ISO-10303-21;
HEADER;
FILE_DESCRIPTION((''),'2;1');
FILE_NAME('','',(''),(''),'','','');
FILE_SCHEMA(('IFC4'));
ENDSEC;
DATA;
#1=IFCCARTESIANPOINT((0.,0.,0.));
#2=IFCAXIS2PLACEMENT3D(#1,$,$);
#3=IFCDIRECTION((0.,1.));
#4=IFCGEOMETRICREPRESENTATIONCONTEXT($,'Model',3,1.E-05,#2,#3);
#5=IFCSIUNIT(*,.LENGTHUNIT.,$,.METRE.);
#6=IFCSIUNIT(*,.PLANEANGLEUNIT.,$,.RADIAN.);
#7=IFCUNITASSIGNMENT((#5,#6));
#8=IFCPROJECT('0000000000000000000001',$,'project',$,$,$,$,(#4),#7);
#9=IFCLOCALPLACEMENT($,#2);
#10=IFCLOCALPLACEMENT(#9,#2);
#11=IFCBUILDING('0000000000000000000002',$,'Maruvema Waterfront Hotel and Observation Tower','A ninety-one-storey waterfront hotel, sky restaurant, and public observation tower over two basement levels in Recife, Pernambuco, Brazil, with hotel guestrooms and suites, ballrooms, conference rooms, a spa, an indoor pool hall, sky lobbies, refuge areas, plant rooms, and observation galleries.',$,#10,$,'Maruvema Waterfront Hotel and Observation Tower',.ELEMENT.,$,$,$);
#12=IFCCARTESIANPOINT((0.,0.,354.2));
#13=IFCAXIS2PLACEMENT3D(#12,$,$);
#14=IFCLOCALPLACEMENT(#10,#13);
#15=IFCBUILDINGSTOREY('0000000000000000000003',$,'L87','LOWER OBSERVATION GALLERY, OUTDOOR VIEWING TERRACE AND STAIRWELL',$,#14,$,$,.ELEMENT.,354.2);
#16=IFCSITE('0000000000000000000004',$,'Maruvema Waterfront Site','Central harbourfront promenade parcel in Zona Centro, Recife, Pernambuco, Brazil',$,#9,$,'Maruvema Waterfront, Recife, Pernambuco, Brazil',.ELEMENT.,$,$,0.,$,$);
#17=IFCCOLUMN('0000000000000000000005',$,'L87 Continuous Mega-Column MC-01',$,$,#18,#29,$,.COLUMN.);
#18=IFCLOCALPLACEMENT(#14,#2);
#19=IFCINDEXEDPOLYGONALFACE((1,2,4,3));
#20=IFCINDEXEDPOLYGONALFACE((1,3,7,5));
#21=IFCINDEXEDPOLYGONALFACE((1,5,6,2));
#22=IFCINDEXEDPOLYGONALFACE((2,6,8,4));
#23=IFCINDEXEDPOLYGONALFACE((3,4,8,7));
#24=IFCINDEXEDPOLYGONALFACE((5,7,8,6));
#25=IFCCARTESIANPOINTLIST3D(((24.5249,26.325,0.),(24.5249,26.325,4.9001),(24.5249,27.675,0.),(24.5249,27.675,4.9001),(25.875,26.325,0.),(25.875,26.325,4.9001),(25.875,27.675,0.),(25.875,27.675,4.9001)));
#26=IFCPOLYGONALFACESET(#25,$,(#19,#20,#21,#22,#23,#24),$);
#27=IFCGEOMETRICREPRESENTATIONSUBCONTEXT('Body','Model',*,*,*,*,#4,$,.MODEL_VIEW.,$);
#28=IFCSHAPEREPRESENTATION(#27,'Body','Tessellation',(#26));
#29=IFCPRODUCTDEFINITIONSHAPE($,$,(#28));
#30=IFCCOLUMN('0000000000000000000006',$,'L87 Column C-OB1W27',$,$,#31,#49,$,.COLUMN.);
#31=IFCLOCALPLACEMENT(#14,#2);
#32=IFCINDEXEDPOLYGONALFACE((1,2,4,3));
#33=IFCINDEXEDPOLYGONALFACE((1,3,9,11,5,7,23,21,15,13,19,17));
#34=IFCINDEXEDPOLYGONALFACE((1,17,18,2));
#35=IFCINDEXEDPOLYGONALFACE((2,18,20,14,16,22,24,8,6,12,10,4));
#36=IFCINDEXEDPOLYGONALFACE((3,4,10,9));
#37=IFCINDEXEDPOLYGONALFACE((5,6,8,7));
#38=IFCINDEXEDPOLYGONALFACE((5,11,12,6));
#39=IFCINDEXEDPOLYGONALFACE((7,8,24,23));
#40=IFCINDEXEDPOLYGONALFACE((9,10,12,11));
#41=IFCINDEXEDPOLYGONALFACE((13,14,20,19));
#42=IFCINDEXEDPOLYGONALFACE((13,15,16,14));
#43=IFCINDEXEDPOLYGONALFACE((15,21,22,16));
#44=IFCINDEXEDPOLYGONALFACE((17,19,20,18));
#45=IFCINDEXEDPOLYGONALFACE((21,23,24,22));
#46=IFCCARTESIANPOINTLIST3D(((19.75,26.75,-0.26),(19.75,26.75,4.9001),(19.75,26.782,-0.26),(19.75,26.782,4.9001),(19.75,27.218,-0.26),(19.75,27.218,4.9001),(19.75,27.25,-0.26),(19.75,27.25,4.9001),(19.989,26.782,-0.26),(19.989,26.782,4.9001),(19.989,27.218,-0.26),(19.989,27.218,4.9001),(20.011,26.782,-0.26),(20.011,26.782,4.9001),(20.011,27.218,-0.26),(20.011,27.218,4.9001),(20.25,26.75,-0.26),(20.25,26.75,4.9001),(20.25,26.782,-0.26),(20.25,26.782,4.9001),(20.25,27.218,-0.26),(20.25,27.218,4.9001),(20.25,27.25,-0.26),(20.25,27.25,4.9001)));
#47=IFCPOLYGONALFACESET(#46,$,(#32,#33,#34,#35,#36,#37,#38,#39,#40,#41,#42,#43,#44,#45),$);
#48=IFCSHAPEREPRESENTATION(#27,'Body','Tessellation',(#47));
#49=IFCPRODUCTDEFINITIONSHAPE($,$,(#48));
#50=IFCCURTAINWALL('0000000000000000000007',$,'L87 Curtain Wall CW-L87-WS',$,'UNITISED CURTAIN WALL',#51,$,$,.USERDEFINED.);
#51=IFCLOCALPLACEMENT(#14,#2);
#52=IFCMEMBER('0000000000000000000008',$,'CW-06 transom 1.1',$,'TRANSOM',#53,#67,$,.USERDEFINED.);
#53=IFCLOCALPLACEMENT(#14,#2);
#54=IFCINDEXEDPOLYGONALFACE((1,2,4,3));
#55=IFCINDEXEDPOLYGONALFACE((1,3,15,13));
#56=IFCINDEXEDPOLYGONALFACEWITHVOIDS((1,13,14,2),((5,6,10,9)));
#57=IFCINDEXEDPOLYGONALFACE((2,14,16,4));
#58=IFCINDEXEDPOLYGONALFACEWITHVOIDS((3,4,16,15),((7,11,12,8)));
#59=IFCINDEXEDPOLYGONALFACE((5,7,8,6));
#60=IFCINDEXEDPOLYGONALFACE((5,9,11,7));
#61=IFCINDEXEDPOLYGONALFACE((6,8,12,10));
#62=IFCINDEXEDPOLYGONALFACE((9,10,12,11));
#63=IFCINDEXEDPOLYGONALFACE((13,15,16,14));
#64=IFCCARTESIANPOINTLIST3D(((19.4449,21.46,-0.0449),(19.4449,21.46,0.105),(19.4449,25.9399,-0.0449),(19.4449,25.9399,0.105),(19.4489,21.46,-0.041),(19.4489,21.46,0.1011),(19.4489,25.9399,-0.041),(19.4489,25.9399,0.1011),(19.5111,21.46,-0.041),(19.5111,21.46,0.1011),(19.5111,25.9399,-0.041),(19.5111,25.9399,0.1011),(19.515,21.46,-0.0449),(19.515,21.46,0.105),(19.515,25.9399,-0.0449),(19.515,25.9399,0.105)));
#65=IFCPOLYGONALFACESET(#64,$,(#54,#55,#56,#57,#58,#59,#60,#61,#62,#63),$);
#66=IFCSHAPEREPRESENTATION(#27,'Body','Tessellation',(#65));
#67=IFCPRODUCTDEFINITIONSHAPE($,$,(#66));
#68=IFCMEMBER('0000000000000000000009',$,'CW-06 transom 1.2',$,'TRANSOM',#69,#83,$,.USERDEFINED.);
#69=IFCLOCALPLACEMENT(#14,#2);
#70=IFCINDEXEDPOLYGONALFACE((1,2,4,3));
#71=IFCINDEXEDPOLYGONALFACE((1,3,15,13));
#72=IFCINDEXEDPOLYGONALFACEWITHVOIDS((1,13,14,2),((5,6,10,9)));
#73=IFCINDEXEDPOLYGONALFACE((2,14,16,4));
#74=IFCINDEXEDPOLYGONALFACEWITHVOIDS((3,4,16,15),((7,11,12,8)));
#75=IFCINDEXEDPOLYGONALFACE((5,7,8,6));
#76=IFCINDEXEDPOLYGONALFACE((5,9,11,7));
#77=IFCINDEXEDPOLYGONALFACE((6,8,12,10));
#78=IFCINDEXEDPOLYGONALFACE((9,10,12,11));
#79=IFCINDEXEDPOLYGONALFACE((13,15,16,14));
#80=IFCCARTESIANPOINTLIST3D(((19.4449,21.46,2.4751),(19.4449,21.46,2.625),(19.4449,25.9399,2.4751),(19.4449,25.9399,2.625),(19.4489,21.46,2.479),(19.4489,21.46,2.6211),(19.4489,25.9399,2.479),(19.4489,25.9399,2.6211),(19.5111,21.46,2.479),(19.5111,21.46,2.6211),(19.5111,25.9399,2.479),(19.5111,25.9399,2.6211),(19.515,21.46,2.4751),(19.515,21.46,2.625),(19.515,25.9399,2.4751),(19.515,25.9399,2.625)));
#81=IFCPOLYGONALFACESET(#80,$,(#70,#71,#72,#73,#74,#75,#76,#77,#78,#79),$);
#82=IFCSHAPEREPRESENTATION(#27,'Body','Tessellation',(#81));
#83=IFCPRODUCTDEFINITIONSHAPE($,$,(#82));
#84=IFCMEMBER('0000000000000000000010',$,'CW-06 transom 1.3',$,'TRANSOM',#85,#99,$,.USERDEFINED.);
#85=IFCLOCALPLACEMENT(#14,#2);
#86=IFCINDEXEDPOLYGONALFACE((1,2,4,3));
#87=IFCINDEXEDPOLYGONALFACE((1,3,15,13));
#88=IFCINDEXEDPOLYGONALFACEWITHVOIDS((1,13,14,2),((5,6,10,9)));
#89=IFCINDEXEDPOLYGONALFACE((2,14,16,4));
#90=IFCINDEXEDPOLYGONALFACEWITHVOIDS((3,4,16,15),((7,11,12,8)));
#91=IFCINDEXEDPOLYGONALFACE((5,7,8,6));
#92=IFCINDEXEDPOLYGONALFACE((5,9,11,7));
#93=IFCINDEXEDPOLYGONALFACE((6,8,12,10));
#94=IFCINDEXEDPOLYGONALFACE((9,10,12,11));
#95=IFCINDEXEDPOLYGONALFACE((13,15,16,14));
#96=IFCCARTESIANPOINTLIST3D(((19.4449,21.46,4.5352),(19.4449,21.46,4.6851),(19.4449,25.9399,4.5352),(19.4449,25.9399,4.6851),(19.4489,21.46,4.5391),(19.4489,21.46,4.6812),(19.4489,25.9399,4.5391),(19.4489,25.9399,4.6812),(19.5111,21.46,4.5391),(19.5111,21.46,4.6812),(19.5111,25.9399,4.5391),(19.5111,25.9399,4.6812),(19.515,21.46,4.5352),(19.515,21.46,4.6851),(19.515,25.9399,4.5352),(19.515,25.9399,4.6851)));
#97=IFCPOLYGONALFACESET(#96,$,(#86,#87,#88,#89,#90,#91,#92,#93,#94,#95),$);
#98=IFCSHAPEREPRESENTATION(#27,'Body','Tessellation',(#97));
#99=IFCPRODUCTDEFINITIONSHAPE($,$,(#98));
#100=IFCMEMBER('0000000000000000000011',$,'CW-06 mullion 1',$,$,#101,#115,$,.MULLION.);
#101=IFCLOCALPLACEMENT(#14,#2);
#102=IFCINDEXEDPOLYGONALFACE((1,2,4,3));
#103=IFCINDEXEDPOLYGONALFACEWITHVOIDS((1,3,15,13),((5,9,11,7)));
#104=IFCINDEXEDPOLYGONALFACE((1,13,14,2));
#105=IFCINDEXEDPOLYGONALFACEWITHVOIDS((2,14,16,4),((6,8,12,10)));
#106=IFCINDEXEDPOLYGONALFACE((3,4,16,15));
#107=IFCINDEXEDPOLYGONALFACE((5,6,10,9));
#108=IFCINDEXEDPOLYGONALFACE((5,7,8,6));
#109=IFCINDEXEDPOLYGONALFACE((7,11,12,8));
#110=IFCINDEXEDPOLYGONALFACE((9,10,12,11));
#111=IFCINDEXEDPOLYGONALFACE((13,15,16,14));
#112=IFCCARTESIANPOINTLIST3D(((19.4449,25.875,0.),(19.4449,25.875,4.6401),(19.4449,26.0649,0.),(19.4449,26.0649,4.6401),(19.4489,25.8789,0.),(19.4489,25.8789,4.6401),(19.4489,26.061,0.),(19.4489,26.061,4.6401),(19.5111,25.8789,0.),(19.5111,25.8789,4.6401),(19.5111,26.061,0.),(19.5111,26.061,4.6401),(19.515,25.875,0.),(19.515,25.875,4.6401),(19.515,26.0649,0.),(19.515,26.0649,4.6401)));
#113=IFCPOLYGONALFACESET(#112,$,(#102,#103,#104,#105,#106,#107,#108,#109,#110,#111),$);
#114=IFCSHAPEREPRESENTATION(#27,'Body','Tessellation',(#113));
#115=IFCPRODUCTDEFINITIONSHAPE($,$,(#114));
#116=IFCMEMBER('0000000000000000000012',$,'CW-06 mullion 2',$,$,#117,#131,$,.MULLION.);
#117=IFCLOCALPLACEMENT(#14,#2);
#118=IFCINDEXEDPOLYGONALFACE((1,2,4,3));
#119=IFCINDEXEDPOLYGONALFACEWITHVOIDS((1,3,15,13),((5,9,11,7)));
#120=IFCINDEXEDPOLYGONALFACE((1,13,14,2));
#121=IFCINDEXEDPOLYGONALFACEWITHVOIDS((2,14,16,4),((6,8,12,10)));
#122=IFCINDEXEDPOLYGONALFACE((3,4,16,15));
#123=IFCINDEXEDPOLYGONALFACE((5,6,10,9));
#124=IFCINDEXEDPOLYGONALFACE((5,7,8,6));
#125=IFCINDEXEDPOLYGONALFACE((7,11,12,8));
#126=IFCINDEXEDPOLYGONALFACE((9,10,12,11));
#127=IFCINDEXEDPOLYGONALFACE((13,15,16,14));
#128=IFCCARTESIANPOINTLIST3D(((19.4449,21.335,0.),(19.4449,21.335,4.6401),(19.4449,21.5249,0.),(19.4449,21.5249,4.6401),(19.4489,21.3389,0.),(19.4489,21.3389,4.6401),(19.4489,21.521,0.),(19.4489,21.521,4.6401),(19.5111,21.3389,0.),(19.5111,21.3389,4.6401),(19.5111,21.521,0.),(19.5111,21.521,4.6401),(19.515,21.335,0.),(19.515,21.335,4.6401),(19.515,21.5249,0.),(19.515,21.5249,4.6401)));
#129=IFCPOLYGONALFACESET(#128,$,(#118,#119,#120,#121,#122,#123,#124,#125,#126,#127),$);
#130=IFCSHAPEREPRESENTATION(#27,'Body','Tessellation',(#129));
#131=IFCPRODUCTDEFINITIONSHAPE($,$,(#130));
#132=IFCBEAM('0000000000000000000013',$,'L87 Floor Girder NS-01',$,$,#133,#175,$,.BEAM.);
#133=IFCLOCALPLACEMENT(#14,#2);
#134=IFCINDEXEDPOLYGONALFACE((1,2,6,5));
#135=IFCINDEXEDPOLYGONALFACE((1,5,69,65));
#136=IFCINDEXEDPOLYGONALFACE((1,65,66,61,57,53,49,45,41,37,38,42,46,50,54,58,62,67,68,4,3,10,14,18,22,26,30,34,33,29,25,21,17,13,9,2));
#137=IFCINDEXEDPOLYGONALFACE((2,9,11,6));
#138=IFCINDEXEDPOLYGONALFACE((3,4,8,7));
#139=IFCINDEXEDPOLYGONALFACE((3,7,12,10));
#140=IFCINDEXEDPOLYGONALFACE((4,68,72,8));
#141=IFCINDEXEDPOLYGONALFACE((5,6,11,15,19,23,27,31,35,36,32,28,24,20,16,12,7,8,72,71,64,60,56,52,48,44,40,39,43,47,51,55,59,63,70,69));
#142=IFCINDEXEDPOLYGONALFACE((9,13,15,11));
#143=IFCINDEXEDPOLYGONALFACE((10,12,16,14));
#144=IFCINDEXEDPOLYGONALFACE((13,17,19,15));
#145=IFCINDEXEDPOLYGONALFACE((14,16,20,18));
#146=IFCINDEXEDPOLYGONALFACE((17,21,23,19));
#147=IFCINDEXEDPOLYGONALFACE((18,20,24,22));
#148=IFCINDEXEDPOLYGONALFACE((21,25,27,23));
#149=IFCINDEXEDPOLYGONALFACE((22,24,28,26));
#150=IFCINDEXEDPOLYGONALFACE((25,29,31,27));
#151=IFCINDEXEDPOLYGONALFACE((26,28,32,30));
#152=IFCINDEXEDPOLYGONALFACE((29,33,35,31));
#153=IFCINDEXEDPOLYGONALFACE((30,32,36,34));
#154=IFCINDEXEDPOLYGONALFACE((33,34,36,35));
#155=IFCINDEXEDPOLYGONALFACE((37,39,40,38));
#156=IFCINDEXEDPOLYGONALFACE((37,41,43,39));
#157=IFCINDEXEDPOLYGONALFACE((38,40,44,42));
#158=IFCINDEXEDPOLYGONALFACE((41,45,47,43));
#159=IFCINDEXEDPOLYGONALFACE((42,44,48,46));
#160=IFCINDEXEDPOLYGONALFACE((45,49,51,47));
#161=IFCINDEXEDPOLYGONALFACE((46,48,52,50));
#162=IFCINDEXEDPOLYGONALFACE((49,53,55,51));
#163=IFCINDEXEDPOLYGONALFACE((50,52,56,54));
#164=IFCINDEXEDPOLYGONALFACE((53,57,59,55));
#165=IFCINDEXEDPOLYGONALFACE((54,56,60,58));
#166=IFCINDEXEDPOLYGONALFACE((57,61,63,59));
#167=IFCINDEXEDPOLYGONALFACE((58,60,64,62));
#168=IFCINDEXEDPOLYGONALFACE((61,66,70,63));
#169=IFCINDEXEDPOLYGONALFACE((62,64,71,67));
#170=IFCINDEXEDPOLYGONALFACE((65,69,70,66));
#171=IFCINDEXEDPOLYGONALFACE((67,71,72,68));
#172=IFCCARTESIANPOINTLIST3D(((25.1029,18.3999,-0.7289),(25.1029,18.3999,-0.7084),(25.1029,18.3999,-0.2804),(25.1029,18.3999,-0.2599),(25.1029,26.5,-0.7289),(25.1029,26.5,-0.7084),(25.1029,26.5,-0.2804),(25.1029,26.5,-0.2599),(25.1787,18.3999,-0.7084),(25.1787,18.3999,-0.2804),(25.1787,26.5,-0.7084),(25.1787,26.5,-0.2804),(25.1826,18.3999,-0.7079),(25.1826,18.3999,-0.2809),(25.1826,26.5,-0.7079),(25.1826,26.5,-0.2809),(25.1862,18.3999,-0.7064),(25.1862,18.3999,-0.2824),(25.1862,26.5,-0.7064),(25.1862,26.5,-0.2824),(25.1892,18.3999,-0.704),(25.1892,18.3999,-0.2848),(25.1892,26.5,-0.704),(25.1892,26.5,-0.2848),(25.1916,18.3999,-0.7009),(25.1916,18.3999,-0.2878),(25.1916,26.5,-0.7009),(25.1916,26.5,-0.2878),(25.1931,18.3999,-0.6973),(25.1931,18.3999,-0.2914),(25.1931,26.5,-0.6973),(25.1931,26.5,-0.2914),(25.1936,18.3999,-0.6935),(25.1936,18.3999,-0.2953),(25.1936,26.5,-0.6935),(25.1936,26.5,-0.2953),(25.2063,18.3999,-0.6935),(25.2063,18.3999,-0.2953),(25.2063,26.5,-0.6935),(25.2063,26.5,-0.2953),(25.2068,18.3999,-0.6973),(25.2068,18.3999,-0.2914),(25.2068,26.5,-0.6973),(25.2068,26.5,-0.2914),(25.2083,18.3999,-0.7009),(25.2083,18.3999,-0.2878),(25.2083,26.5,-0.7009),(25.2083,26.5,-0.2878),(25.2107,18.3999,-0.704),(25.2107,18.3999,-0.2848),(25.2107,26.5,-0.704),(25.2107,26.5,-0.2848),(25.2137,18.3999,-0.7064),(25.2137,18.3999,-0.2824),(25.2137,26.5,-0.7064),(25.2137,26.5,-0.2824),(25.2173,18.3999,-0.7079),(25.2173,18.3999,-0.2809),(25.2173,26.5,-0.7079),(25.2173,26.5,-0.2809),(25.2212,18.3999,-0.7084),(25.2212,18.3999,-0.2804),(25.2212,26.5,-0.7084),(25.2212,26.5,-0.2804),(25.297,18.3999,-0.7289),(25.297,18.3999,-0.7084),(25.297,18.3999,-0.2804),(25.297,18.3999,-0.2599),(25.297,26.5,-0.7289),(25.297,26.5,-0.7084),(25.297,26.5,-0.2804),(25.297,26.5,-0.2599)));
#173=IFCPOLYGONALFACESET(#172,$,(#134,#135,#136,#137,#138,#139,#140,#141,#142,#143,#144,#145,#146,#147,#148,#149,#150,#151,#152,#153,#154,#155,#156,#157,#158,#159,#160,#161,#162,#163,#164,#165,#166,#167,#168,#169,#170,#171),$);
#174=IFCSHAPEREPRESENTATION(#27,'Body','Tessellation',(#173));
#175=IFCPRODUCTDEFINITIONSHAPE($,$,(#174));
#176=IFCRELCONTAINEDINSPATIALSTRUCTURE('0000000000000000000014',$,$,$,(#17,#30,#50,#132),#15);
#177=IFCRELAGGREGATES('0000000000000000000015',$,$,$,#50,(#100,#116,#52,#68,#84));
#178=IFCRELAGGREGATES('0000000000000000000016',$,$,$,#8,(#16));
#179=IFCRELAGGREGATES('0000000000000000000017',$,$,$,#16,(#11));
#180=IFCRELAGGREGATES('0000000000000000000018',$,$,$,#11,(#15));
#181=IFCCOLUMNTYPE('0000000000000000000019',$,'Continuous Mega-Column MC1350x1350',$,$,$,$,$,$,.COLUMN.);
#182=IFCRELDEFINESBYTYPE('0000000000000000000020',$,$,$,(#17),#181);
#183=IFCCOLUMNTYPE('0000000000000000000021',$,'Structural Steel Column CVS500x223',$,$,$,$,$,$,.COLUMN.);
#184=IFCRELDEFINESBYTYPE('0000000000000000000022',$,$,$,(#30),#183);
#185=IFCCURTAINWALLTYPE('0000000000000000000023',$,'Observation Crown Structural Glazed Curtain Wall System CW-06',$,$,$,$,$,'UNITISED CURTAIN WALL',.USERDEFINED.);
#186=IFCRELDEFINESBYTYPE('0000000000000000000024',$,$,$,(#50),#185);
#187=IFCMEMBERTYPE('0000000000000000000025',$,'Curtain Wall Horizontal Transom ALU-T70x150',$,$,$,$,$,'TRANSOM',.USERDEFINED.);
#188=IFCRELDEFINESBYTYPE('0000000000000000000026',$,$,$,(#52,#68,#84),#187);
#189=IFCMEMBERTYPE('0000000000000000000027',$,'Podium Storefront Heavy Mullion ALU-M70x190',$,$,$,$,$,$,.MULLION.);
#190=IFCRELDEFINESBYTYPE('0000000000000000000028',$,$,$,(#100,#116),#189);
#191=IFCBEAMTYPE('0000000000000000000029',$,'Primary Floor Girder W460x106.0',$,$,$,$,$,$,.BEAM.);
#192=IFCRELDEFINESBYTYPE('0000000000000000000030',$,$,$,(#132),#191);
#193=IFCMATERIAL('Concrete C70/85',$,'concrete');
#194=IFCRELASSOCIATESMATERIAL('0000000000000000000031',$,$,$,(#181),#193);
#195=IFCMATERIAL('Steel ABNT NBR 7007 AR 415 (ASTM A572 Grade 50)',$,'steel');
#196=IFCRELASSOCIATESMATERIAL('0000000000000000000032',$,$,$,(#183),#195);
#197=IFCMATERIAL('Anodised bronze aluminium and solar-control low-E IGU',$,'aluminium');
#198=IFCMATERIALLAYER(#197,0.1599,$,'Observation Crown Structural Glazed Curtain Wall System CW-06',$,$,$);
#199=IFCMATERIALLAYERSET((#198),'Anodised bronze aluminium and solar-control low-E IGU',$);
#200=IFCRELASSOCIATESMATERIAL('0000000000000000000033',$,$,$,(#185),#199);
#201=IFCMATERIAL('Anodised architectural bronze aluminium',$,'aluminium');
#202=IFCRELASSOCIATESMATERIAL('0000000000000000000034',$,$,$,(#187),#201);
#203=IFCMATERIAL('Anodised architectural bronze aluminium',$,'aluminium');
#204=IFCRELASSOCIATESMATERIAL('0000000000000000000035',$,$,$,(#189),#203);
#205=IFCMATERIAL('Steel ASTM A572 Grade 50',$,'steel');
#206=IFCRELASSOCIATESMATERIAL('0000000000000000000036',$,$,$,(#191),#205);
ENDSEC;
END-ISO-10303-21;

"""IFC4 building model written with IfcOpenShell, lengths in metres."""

from ifc_helpers import new_model, si_unit, direction, frame, origin, origin_2d, place, context, subcontext, project, spatial, rectangle, hollow_rectangle, i_section, extrude, material, layer, layer_set, material_profile, profile_set, type_object, element, aggregate, save


model = new_model("IFC4")

# Units and contexts
model_context = context("Model", 3, precision=1e-05, world=origin(), true_north=direction((0.0, 1.0)))
body_context = subcontext(model_context, "Body", "Model", "MODEL_VIEW")
ifc_project = project(units=[si_unit("LENGTHUNIT", "METRE"), si_unit("PLANEANGLEUNIT", "RADIAN")], contexts=[model_context])

# Site, building, storey
site_placement = place(None, origin())
site = spatial("IfcSite", under=ifc_project, at=site_placement, Name="Maruvema Waterfront Site", Description="Central harbourfront promenade parcel in Zona Centro, Recife, Pernambuco, Brazil", LongName="Maruvema Waterfront, Recife, Pernambuco, Brazil", CompositionType="ELEMENT", RefElevation=0.0)
building_placement = place(site_placement, origin())
building = spatial("IfcBuilding", under=site, at=building_placement, Name="Maruvema Waterfront Hotel and Observation Tower", Description="A ninety-one-storey waterfront hotel, sky restaurant, and public observation tower over two basement levels in Recife, Pernambuco, Brazil, with hotel guestrooms and suites, ballrooms, conference rooms, a spa, an indoor pool hall, sky lobbies, refuge areas, plant rooms, and observation galleries.", LongName="Maruvema Waterfront Hotel and Observation Tower", CompositionType="ELEMENT")
storey_placement = place(building_placement, frame((0.0, 0.0, 354.2)))
storey = spatial("IfcBuildingStorey", under=building, at=storey_placement, Name="L87", Description="LOWER OBSERVATION GALLERY, OUTDOOR VIEWING TERRACE AND STAIRWELL", CompositionType="ELEMENT", Elevation=354.2)

# Columns
ifc_material_1 = material(Name="Concrete C70/85", Category="concrete")
ifc_material_profile_1 = material_profile(ifc_material_1, rectangle(XDim=1.3501, YDim=1.3501, at=origin_2d()), Name="MC1350x1350")
ifc_profile_set_1 = profile_set([ifc_material_profile_1], Name="Concrete C70/85")
column_type_1 = type_object("IfcColumnType", Name="Continuous Mega-Column MC1350x1350", PredefinedType="COLUMN", material=ifc_profile_set_1)
column_1_placement = place(storey_placement, frame((25.2, 27.0, 0.0), z_axis=(0.0, 0.0, 1.0), x_axis=(1.0, 0.0, 0.0)))
element("IfcColumn", 1, at=column_1_placement, inside=storey, type_object=column_type_1, Name="L87 Continuous Mega-Column MC-01", PredefinedType="COLUMN", context=body_context, shape_type="SweptSolid", body=[
    extrude(rectangle(XDim=1.3501, YDim=1.3501, at=origin_2d()), origin(), (0.0, 0.0, 1.0), 4.9001),
])
ifc_material_2 = material(Name="Steel ABNT NBR 7007 AR 415 (ASTM A572 Grade 50)", Category="steel")
ifc_material_profile_2 = material_profile(ifc_material_2, i_section(OverallWidth=0.5, OverallDepth=0.5, WebThickness=0.022, FlangeThickness=0.032, at=origin_2d()), Name="CVS500x223")
ifc_profile_set_2 = profile_set([ifc_material_profile_2], Name="Steel ABNT NBR 7007 AR 415 (ASTM A572 Grade 50)")
column_type_2 = type_object("IfcColumnType", Name="Structural Steel Column CVS500x223", PredefinedType="COLUMN", material=ifc_profile_set_2)
column_2_placement = place(storey_placement, frame((20.0, 27.0, -0.26), z_axis=(0.0, 0.0, 1.0), x_axis=(1.0, 0.0, 0.0)))
element("IfcColumn", 2, at=column_2_placement, inside=storey, type_object=column_type_2, Name="L87 Column C-OB1W27", PredefinedType="COLUMN", context=body_context, shape_type="SweptSolid", body=[
    extrude(i_section(OverallWidth=0.5, OverallDepth=0.5, WebThickness=0.022, FlangeThickness=0.032, at=origin_2d()), origin(), (0.0, 0.0, 1.0), 5.1602),
])

# Curtain wall, members
ifc_material_3 = material(Name="Anodised bronze aluminium and solar-control low-E IGU", Category="aluminium")
ifc_layer_1 = layer(ifc_material_3, 0.1599, Name="Observation Crown Structural Glazed Curtain Wall System CW-06")
ifc_layer_set_1 = layer_set([ifc_layer_1], Name="Anodised bronze aluminium and solar-control low-E IGU")
curtain_wall_type = type_object("IfcCurtainWallType", Name="Observation Crown Structural Glazed Curtain Wall System CW-06", ElementType="UNITISED CURTAIN WALL", PredefinedType="USERDEFINED", material=ifc_layer_set_1)
curtain_wall_placement = place(storey_placement, origin())
curtain_wall = element("IfcCurtainWall", 3, at=curtain_wall_placement, inside=storey, type_object=curtain_wall_type, Name="L87 Curtain Wall CW-L87-WS", ObjectType="UNITISED CURTAIN WALL", PredefinedType="USERDEFINED")
ifc_material_4 = material(Name="Anodised architectural bronze aluminium", Category="aluminium")
ifc_material_profile_3 = material_profile(ifc_material_4, hollow_rectangle(XDim=0.0701, YDim=0.1499, WallThickness=0.0039, at=origin_2d()), Name="ALU-T70x150")
ifc_profile_set_3 = profile_set([ifc_material_profile_3], Name="Anodised architectural bronze aluminium")
member_type_1 = type_object("IfcMemberType", Name="Curtain Wall Horizontal Transom ALU-T70x150", ElementType="TRANSOM", PredefinedType="USERDEFINED", material=ifc_profile_set_3)
member_1_placement = place(storey_placement, frame((19.48, 25.9399, 0.03), z_axis=(0.0, -1.0, 0.0), x_axis=(1.0, 0.0, 0.0)))
member_1 = element("IfcMember", 4, at=member_1_placement, type_object=member_type_1, Name="CW-06 transom 1.1", ObjectType="TRANSOM", PredefinedType="USERDEFINED", context=body_context, shape_type="SweptSolid", body=[
    extrude(hollow_rectangle(XDim=0.0701, YDim=0.1499, WallThickness=0.0039, at=origin_2d()), origin(), (0.0, 0.0, 1.0), 4.48),
])
member_2_placement = place(storey_placement, frame((19.48, 25.9399, 2.55), z_axis=(0.0, -1.0, 0.0), x_axis=(1.0, 0.0, 0.0)))
member_2 = element("IfcMember", 5, at=member_2_placement, type_object=member_type_1, Name="CW-06 transom 1.2", ObjectType="TRANSOM", PredefinedType="USERDEFINED", context=body_context, shape_type="SweptSolid", body=[
    extrude(hollow_rectangle(XDim=0.0701, YDim=0.1499, WallThickness=0.0039, at=origin_2d()), origin(), (0.0, 0.0, 1.0), 4.48),
])
member_3_placement = place(storey_placement, frame((19.48, 25.9399, 4.6101), z_axis=(0.0, -1.0, 0.0), x_axis=(1.0, 0.0, 0.0)))
member_3 = element("IfcMember", 6, at=member_3_placement, type_object=member_type_1, Name="CW-06 transom 1.3", ObjectType="TRANSOM", PredefinedType="USERDEFINED", context=body_context, shape_type="SweptSolid", body=[
    extrude(hollow_rectangle(XDim=0.0701, YDim=0.1499, WallThickness=0.0039, at=origin_2d()), origin(), (0.0, 0.0, 1.0), 4.48),
])
ifc_material_5 = material(Name="Anodised architectural bronze aluminium", Category="aluminium")
ifc_material_profile_4 = material_profile(ifc_material_5, hollow_rectangle(XDim=0.0701, YDim=0.1899, WallThickness=0.0039, at=origin_2d()), Name="ALU-M70x190")
ifc_profile_set_4 = profile_set([ifc_material_profile_4], Name="Anodised architectural bronze aluminium")
member_type_2 = type_object("IfcMemberType", Name="Podium Storefront Heavy Mullion ALU-M70x190", PredefinedType="MULLION", material=ifc_profile_set_4)
member_4_placement = place(storey_placement, frame((19.48, 25.97, 0.0), z_axis=(0.0, 0.0, 1.0), x_axis=(1.0, 0.0, 0.0)))
member_4 = element("IfcMember", 7, at=member_4_placement, type_object=member_type_2, Name="CW-06 mullion 1", PredefinedType="MULLION", context=body_context, shape_type="SweptSolid", body=[
    extrude(hollow_rectangle(XDim=0.0701, YDim=0.1899, WallThickness=0.0039, at=origin_2d()), origin(), (0.0, 0.0, 1.0), 4.6401),
])
member_5_placement = place(storey_placement, frame((19.48, 21.4299, 0.0), z_axis=(0.0, 0.0, 1.0), x_axis=(1.0, 0.0, 0.0)))
member_5 = element("IfcMember", 8, at=member_5_placement, type_object=member_type_2, Name="CW-06 mullion 2", PredefinedType="MULLION", context=body_context, shape_type="SweptSolid", body=[
    extrude(hollow_rectangle(XDim=0.0701, YDim=0.1899, WallThickness=0.0039, at=origin_2d()), origin(), (0.0, 0.0, 1.0), 4.6401),
])

# Beam
ifc_material_6 = material(Name="Steel ASTM A572 Grade 50", Category="steel")
ifc_material_profile_5 = material_profile(ifc_material_6, i_section(OverallWidth=0.1941, OverallDepth=0.469, WebThickness=0.0127, FlangeThickness=0.0205, FilletRadius=0.0149, at=origin_2d()), Name="W460x106.0")
ifc_profile_set_5 = profile_set([ifc_material_profile_5], Name="Steel ASTM A572 Grade 50")
beam_type_1 = type_object("IfcBeamType", Name="Primary Floor Girder W460x106.0", PredefinedType="BEAM", material=ifc_profile_set_5)
beam_1_placement = place(storey_placement, frame((25.2, 18.3999, -0.4944), z_axis=(0.0, 1.0, 0.0), x_axis=(-1.0, 0.0, 0.0)))
element("IfcBeam", 9, at=beam_1_placement, inside=storey, type_object=beam_type_1, Name="L87 Floor Girder NS-01", PredefinedType="BEAM", context=body_context, shape_type="SweptSolid", body=[
    extrude(i_section(OverallWidth=0.1941, OverallDepth=0.469, WebThickness=0.0127, FlangeThickness=0.0205, FilletRadius=0.0149, at=origin_2d()), origin(), (0.0, 0.0, 1.0), 8.1001),
])

aggregate(curtain_wall, [member_4, member_5, member_1, member_2, member_3])

save(model, "model.ifc")
